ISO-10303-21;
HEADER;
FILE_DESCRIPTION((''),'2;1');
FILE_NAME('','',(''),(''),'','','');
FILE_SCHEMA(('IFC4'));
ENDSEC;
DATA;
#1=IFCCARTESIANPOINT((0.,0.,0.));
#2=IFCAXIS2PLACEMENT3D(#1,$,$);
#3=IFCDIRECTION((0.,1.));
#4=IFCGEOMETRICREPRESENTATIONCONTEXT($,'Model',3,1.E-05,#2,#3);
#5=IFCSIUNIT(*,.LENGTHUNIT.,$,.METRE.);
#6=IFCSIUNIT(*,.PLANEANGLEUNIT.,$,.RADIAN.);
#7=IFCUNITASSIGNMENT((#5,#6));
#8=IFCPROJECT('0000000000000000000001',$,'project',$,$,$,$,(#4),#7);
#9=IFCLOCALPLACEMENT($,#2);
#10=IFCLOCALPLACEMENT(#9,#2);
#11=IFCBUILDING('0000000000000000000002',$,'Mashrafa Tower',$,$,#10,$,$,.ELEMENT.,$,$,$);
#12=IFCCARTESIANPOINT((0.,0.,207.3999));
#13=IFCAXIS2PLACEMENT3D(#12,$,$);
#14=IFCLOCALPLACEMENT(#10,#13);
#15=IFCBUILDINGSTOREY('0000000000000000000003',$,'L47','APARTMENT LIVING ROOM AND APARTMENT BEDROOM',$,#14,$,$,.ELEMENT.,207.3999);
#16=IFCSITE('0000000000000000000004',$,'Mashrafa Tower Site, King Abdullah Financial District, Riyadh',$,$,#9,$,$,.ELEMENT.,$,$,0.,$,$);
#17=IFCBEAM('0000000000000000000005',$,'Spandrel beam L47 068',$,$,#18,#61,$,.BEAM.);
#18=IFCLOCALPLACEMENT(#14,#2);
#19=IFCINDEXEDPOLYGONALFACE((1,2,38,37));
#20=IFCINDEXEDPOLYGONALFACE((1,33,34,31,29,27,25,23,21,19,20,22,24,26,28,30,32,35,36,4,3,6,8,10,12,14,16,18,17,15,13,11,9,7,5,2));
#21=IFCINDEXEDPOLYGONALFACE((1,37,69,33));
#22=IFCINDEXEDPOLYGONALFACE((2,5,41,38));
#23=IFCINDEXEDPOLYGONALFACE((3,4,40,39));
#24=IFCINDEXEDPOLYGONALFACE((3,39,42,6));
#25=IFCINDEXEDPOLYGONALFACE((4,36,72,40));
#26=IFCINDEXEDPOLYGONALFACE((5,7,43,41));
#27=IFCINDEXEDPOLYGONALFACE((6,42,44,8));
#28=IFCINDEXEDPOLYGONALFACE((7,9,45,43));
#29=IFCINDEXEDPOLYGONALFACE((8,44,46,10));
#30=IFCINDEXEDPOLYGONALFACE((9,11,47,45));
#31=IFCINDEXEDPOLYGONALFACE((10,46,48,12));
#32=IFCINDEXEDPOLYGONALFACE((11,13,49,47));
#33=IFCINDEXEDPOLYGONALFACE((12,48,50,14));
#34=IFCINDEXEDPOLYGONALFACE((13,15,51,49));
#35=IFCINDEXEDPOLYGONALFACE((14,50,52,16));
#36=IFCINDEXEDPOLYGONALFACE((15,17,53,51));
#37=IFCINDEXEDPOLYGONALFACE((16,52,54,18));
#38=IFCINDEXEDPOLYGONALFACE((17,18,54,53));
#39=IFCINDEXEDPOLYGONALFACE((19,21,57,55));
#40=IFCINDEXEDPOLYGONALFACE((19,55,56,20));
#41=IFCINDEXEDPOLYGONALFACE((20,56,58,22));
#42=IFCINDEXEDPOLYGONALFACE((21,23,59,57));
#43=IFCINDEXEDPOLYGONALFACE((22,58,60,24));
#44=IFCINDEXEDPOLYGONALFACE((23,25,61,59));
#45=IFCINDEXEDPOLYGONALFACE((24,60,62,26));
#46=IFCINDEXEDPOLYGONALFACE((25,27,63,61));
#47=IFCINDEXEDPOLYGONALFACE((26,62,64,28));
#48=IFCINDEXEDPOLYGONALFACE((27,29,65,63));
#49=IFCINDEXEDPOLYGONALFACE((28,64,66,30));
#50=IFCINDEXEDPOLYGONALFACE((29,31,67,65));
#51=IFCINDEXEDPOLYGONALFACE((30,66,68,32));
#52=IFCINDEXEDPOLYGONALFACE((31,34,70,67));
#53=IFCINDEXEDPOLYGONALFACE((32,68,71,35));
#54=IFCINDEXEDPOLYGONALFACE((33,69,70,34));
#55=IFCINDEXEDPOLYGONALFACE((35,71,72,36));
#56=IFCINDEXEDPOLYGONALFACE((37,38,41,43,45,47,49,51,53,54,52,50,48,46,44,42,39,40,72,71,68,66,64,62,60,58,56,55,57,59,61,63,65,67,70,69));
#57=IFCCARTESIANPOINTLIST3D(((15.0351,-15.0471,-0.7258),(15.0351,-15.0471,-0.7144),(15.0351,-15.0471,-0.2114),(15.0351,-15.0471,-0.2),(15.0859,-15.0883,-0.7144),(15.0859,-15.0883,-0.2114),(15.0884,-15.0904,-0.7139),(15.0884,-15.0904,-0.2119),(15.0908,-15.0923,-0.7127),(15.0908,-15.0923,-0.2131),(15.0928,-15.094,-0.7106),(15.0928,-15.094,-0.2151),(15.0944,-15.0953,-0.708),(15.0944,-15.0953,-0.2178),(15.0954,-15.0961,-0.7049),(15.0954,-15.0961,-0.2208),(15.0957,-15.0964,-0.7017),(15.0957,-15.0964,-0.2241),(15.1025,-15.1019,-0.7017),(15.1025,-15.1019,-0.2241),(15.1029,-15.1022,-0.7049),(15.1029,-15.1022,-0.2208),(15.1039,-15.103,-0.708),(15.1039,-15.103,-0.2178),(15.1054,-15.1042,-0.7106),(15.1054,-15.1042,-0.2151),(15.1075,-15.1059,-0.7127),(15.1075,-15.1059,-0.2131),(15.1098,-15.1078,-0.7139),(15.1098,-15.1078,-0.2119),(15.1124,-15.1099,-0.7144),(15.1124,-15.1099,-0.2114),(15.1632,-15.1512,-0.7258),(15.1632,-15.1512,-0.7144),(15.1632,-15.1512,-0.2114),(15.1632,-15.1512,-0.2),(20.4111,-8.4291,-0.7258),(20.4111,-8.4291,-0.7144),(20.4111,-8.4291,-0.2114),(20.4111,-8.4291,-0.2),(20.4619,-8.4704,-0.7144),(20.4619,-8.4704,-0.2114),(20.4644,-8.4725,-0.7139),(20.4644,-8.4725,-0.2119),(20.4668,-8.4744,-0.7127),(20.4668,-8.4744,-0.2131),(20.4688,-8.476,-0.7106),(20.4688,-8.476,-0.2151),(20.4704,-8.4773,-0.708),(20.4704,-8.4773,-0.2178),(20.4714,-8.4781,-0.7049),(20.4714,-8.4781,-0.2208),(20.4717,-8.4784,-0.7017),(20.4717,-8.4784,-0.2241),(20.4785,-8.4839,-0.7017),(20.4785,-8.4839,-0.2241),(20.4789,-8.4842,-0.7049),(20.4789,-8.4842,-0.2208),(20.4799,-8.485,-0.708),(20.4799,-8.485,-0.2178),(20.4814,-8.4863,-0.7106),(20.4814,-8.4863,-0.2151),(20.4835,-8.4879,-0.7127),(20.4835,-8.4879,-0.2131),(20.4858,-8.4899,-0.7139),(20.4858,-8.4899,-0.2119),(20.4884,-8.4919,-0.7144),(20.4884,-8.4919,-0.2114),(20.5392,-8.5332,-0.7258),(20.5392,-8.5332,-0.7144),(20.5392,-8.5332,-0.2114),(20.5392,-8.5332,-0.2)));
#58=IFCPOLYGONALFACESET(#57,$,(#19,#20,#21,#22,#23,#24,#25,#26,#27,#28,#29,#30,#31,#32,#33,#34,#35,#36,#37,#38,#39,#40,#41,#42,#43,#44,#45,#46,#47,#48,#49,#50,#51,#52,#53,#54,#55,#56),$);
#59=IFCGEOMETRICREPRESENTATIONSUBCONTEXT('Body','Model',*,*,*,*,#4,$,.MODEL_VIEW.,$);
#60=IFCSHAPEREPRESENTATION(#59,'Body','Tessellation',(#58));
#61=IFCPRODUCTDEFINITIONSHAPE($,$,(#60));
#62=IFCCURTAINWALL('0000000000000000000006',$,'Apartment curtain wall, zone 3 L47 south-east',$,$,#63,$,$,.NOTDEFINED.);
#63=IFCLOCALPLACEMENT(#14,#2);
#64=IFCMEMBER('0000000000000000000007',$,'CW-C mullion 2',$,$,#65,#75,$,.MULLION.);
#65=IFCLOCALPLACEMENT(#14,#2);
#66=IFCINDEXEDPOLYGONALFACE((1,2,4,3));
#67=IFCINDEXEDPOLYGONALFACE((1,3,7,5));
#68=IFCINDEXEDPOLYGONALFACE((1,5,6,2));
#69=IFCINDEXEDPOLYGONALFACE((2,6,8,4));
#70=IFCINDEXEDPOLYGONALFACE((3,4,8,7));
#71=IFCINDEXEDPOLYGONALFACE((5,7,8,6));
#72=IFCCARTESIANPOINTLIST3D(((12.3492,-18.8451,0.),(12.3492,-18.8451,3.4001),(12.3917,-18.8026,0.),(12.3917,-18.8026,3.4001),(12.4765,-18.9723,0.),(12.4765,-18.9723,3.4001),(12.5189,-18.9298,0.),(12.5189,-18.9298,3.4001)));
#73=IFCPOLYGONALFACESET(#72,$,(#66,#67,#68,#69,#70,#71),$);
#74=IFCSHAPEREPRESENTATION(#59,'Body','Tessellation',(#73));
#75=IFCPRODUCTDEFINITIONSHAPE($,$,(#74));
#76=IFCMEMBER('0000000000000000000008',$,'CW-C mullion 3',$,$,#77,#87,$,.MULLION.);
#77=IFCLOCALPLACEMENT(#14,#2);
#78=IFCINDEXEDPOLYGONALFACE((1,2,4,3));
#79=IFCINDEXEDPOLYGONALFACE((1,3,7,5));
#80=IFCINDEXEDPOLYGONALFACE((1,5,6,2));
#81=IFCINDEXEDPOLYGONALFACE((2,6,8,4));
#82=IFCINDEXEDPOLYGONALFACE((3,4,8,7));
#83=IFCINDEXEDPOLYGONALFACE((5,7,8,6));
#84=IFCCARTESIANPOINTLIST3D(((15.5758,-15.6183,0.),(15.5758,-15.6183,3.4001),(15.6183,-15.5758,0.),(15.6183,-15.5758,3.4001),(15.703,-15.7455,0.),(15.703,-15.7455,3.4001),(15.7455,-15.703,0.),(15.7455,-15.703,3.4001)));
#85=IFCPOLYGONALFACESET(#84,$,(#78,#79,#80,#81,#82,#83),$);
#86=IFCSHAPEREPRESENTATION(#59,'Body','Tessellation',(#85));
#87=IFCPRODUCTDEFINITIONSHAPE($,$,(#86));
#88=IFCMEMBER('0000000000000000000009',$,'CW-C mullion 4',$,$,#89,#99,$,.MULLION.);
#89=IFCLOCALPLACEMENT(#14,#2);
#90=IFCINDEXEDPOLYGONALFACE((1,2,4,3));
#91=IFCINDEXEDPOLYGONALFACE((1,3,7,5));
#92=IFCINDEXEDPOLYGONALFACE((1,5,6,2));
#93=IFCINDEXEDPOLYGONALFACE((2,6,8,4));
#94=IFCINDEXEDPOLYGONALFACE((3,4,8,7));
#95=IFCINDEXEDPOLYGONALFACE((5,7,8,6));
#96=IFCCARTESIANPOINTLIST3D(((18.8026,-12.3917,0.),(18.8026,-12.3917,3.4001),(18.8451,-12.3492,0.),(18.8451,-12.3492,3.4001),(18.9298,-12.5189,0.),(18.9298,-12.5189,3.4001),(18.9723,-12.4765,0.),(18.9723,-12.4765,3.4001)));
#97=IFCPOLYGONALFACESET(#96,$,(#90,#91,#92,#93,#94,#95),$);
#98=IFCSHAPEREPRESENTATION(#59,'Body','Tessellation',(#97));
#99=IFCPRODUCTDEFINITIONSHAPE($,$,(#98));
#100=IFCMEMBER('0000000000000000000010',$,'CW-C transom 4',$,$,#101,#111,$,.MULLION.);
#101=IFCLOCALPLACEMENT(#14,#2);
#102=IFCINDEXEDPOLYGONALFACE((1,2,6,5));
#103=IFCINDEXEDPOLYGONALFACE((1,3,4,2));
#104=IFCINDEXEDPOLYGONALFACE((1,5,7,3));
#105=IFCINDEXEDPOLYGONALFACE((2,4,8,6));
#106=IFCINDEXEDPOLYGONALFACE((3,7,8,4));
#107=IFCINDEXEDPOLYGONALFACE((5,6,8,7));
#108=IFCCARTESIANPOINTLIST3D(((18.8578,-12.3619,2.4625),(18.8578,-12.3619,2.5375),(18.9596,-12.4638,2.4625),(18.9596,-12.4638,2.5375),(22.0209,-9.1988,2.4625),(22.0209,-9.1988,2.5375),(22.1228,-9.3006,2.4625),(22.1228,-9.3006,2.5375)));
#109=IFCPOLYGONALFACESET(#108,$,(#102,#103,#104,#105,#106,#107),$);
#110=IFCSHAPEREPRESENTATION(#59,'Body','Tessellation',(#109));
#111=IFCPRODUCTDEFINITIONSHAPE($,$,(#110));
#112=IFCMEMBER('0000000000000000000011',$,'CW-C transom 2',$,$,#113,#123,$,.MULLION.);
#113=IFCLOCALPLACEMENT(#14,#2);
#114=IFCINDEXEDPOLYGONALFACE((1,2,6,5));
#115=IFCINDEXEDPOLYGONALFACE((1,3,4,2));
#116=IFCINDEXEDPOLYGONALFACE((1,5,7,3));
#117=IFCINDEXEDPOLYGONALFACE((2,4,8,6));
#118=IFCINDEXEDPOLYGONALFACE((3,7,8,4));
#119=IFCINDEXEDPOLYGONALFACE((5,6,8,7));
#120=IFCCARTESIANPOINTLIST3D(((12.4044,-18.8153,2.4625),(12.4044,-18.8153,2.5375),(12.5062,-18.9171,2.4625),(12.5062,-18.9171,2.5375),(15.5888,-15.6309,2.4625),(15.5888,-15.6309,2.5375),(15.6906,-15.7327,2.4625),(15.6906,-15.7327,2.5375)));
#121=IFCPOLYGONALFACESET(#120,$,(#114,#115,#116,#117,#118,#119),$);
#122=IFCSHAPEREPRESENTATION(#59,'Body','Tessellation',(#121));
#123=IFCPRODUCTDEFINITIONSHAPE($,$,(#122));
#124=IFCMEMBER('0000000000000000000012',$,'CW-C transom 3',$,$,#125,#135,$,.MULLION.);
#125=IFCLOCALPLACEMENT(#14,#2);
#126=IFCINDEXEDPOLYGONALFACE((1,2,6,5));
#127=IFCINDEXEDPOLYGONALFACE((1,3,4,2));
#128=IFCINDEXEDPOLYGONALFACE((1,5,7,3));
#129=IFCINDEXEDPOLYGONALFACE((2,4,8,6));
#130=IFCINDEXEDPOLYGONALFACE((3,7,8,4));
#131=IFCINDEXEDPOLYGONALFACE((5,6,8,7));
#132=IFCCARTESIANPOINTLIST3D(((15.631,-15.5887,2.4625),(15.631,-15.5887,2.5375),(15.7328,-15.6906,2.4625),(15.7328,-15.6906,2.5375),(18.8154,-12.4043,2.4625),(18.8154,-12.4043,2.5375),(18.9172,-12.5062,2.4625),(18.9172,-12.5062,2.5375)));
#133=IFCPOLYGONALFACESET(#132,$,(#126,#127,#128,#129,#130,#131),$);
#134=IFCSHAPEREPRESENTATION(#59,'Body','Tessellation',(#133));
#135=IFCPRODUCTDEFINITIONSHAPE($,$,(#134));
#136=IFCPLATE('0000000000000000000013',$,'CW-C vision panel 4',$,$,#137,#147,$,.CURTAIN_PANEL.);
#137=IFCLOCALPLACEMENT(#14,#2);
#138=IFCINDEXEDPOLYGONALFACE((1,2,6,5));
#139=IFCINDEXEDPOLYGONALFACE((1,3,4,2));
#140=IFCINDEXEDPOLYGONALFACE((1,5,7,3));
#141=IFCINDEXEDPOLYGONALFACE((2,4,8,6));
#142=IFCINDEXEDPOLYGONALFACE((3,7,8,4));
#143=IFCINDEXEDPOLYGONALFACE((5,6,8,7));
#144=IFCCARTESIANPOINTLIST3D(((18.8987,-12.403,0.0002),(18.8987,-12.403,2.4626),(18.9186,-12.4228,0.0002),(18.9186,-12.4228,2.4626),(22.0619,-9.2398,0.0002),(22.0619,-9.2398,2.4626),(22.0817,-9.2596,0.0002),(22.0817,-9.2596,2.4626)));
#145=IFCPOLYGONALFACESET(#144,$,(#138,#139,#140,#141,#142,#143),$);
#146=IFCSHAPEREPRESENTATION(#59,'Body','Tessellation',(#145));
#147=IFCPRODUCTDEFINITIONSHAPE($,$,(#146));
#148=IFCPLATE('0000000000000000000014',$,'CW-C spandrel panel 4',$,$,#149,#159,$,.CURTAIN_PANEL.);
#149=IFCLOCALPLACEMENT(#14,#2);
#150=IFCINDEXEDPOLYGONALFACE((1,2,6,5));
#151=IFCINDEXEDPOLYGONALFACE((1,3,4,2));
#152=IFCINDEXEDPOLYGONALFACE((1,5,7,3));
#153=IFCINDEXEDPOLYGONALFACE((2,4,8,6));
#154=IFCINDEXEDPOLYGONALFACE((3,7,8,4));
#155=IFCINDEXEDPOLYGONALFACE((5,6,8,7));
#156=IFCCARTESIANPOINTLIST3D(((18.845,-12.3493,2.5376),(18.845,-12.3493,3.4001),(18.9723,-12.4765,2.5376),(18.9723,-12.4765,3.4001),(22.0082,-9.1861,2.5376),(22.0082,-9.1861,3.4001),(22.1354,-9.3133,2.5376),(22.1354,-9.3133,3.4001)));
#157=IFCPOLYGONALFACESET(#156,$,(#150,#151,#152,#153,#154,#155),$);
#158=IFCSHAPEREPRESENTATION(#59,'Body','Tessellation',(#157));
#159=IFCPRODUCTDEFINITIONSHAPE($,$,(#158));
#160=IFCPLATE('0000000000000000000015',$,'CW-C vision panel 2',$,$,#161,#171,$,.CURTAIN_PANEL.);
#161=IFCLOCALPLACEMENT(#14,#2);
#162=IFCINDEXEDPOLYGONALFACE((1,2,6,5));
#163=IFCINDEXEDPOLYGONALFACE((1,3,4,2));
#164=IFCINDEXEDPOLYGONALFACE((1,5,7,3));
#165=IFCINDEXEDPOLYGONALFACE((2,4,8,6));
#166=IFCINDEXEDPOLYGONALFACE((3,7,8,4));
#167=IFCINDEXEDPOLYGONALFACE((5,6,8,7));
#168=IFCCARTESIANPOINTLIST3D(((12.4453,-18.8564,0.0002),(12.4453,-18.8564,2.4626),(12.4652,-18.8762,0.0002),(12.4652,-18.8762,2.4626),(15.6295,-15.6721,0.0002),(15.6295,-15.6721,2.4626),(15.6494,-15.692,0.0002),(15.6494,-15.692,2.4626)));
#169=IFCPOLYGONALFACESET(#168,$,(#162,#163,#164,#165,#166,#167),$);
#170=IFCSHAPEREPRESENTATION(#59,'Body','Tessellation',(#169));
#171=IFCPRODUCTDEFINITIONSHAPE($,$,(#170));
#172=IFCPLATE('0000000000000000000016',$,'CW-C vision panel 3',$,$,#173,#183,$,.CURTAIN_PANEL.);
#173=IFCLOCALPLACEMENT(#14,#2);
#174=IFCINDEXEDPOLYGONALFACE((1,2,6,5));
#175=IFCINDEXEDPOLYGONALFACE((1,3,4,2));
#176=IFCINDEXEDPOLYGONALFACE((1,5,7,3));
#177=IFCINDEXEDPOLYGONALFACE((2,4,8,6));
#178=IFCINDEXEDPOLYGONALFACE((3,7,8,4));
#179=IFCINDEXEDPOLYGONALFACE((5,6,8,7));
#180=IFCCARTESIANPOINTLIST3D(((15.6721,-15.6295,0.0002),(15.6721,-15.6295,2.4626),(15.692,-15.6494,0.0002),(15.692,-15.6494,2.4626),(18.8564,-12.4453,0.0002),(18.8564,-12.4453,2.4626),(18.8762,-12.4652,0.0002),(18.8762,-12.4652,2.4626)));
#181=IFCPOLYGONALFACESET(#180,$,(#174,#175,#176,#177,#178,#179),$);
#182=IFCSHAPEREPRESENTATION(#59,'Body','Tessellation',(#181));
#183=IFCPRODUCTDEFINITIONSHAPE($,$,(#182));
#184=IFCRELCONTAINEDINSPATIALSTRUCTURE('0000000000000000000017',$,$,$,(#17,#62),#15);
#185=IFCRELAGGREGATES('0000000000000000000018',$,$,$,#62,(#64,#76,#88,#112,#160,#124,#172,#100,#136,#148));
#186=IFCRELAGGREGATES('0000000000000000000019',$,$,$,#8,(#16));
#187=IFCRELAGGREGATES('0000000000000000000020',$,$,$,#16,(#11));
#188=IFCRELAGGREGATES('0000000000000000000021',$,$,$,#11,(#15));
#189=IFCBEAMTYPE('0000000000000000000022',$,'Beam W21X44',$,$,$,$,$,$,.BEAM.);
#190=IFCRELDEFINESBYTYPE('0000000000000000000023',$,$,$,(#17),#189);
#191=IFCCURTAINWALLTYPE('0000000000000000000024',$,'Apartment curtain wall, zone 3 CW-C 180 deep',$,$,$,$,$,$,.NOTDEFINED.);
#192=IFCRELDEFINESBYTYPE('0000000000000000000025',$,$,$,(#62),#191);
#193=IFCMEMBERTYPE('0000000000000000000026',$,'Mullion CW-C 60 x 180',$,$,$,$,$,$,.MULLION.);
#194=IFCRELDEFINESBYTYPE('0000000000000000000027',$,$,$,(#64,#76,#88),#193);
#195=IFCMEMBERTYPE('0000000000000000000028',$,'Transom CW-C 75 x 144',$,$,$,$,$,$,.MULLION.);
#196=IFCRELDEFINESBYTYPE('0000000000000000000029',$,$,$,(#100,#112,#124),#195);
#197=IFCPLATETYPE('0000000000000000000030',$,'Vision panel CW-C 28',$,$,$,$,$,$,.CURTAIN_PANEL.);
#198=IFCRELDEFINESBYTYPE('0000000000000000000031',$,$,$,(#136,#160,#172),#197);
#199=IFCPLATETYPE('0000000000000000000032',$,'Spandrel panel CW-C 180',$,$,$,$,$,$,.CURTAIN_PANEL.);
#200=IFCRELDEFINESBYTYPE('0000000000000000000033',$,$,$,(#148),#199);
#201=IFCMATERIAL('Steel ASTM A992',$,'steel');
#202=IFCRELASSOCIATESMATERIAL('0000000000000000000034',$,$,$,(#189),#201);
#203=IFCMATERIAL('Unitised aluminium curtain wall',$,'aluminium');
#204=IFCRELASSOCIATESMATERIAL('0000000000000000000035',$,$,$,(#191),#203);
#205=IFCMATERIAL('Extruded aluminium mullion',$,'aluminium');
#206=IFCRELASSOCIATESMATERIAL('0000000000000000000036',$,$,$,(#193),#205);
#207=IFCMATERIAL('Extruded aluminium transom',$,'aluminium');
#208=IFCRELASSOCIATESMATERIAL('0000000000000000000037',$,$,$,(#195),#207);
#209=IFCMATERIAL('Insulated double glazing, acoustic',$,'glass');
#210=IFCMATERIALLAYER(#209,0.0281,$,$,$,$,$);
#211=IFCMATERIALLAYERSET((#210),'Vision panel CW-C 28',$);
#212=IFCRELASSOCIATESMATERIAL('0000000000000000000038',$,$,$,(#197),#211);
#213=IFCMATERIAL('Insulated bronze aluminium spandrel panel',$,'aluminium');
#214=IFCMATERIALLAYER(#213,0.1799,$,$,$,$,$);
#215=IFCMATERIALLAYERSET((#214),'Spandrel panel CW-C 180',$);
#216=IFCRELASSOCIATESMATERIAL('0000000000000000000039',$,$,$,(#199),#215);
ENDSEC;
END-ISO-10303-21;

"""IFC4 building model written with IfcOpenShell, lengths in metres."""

from ifc_helpers import new_model, si_unit, direction, frame, origin, origin_2d, place, context, subcontext, project, spatial, rectangle, i_section, extrude, source, transform, mapped, material, layer, layer_set, material_profile, profile_set, type_object, type_shapes, element, aggregate, save


model = new_model("IFC4")

# Units and contexts
model_context = context("Model", 3, precision=1e-05, world=origin(), true_north=direction((0.0, 1.0)))
body_context = subcontext(model_context, "Body", "Model", "MODEL_VIEW")
ifc_project = project(units=[si_unit("LENGTHUNIT", "METRE"), si_unit("PLANEANGLEUNIT", "RADIAN")], contexts=[model_context])

# Site, building, storey
site_placement = place(None, origin())
site = spatial("IfcSite", under=ifc_project, at=site_placement, Name="Mashrafa Tower Site, King Abdullah Financial District, Riyadh", CompositionType="ELEMENT", RefElevation=0.0)
building_placement = place(site_placement, origin())
building = spatial("IfcBuilding", under=site, at=building_placement, Name="Mashrafa Tower", CompositionType="ELEMENT")
storey_placement = place(building_placement, frame((0.0, 0.0, 207.3999)))
storey = spatial("IfcBuildingStorey", under=building, at=storey_placement, Name="L47", Description="APARTMENT LIVING ROOM AND APARTMENT BEDROOM", CompositionType="ELEMENT", Elevation=207.3999)

# Beam
ifc_material_1 = material(Name="Steel ASTM A992", Category="steel")
ifc_material_profile_1 = material_profile(ifc_material_1, i_section(OverallWidth=0.165, OverallDepth=0.5259, WebThickness=0.0088, FlangeThickness=0.0115, FilletRadius=0.0127, at=origin_2d()), Name="W21X44")
ifc_profile_set_1 = profile_set([ifc_material_profile_1], Name="Steel ASTM A992")
beam_type_1 = type_object("IfcBeamType", Name="Beam W21X44", PredefinedType="BEAM", material=ifc_profile_set_1)
beam_1_placement = place(storey_placement, frame((15.0991, -15.0991, -0.4629), z_axis=(0.630516, 0.776176, 0.0), x_axis=(-0.776176, 0.630516, 0.0)))
element("IfcBeam", 1, at=beam_1_placement, inside=storey, type_object=beam_type_1, Name="Spandrel beam L47 068", PredefinedType="BEAM", context=body_context, shape_type="SweptSolid", body=[
    extrude(i_section(OverallWidth=0.165, OverallDepth=0.5259, WebThickness=0.0088, FlangeThickness=0.0115, FilletRadius=0.0127, at=origin_2d()), origin(), (0.0, 0.0, 1.0), 8.5264),
])

# Curtain wall, members, plates
ifc_material_2 = material(Name="Unitised aluminium curtain wall", Category="aluminium")
curtain_wall_type = type_object("IfcCurtainWallType", Name="Apartment curtain wall, zone 3 CW-C 180 deep", PredefinedType="NOTDEFINED", material=ifc_material_2)
curtain_wall_placement = place(storey_placement, origin())
curtain_wall = element("IfcCurtainWall", 2, at=curtain_wall_placement, inside=storey, type_object=curtain_wall_type, Name="Apartment curtain wall, zone 3 L47 south-east", PredefinedType="NOTDEFINED")
ifc_material_3 = material(Name="Extruded aluminium mullion", Category="aluminium")
ifc_material_profile_2 = material_profile(ifc_material_3, rectangle(XDim=0.1799, YDim=0.0601, at=origin_2d()), Name="Mullion 60x180")
ifc_profile_set_2 = profile_set([ifc_material_profile_2], Name="Extruded aluminium mullion")
member_type_1 = type_object("IfcMemberType", Name="Mullion CW-C 60 x 180", PredefinedType="MULLION", material=ifc_profile_set_2)
shared_shape_1 = source(origin(), body_context, "Body", "SweptSolid", [
    extrude(rectangle(XDim=0.1799, YDim=0.0601, at=origin_2d()), origin(), (0.0, 0.0, 1.0), 3.4001),
])
type_shapes(member_type_1, [shared_shape_1])
member_1_placement = place(storey_placement, frame((12.4341, -18.8875, 0.0), z_axis=(0.0, 0.0, 1.0), x_axis=(-0.707107, 0.707107, 0.0)))
member_1 = element("IfcMember", 3, at=member_1_placement, type_object=member_type_1, Name="CW-C mullion 2", PredefinedType="MULLION", context=body_context, shape_type="MappedRepresentation", body=[
    mapped(shared_shape_1, transform((0.0, 0.0, 0.0))),
])
member_2_placement = place(storey_placement, frame((15.6606, -15.6606, 0.0), z_axis=(0.0, 0.0, 1.0), x_axis=(-0.707107, 0.707107, 0.0)))
member_2 = element("IfcMember", 4, at=member_2_placement, type_object=member_type_1, Name="CW-C mullion 3", PredefinedType="MULLION", context=body_context, shape_type="MappedRepresentation", body=[
    mapped(shared_shape_1, transform((0.0, 0.0, 0.0))),
])
member_3_placement = place(storey_placement, frame((18.8875, -12.4341, 0.0), z_axis=(0.0, 0.0, 1.0), x_axis=(-0.707107, 0.707107, 0.0)))
member_3 = element("IfcMember", 5, at=member_3_placement, type_object=member_type_1, Name="CW-C mullion 4", PredefinedType="MULLION", context=body_context, shape_type="MappedRepresentation", body=[
    mapped(shared_shape_1, transform((0.0, 0.0, 0.0))),
])
ifc_material_4 = material(Name="Extruded aluminium transom", Category="aluminium")
ifc_material_profile_3 = material_profile(ifc_material_4, rectangle(XDim=0.144, YDim=0.075, at=origin_2d()), Name="Transom 75x144")
ifc_profile_set_3 = profile_set([ifc_material_profile_3], Name="Extruded aluminium transom")
member_type_2 = type_object("IfcMemberType", Name="Transom CW-C 75 x 144", PredefinedType="MULLION", material=ifc_profile_set_3)
shared_shape_2 = source(origin(), body_context, "Body", "SweptSolid", [
    extrude(rectangle(XDim=0.144, YDim=0.075, at=origin_2d()), origin(), (0.0, 0.0, 1.0), 4.4734),
])
member_4_placement = place(storey_placement, frame((18.9087, -12.4128, 2.5), z_axis=(0.707107, 0.707107, 0.0), x_axis=(-0.707107, 0.707107, 0.0)))
member_4 = element("IfcMember", 6, at=member_4_placement, type_object=member_type_2, Name="CW-C transom 4", PredefinedType="MULLION", context=body_context, shape_type="MappedRepresentation", body=[
    mapped(shared_shape_2, transform((0.0, 0.0, 0.0))),
])
shared_shape_3 = source(origin(), body_context, "Body", "SweptSolid", [
    extrude(rectangle(XDim=0.144, YDim=0.075, at=origin_2d()), origin(), (0.0, 0.0, 1.0), 4.5034),
])
type_shapes(member_type_2, [shared_shape_2, shared_shape_3])
member_5_placement = place(storey_placement, frame((12.4553, -18.8662, 2.5), z_axis=(0.707107, 0.707107, 0.0), x_axis=(-0.707107, 0.707107, 0.0)))
member_5 = element("IfcMember", 7, at=member_5_placement, type_object=member_type_2, Name="CW-C transom 2", PredefinedType="MULLION", context=body_context, shape_type="MappedRepresentation", body=[
    mapped(shared_shape_3, transform((0.0, 0.0, 0.0))),
])
member_6_placement = place(storey_placement, frame((15.6819, -15.6396, 2.5), z_axis=(0.707107, 0.707107, 0.0), x_axis=(-0.707107, 0.707107, 0.0)))
member_6 = element("IfcMember", 8, at=member_6_placement, type_object=member_type_2, Name="CW-C transom 3", PredefinedType="MULLION", context=body_context, shape_type="MappedRepresentation", body=[
    mapped(shared_shape_3, transform((0.0, 0.0, 0.0))),
])
ifc_material_5 = material(Name="Insulated double glazing, acoustic", Category="glass")
ifc_layer_1 = layer(ifc_material_5, 0.0281)
ifc_layer_set_1 = layer_set([ifc_layer_1], Name="Vision panel CW-C 28")
plate_type_1 = type_object("IfcPlateType", Name="Vision panel CW-C 28", PredefinedType="CURTAIN_PANEL", material=ifc_layer_set_1)
shared_shape_4 = source(origin(), body_context, "Body", "SweptSolid", [
    extrude(rectangle(XDim=4.4734, YDim=0.0281, at=origin_2d()), origin(), (0.0, 0.0, 1.0), 2.4624),
])
plate_1_placement = place(storey_placement, frame((20.4902, -10.8313, 0.0002), z_axis=(0.0, 0.0, 1.0), x_axis=(0.707107, 0.707107, 0.0)))
plate_1 = element("IfcPlate", 9, at=plate_1_placement, type_object=plate_type_1, Name="CW-C vision panel 4", PredefinedType="CURTAIN_PANEL", context=body_context, shape_type="MappedRepresentation", body=[
    mapped(shared_shape_4, transform((0.0, 0.0, 0.0))),
])
ifc_material_6 = material(Name="Insulated bronze aluminium spandrel panel", Category="aluminium")
ifc_layer_2 = layer(ifc_material_6, 0.1799)
ifc_layer_set_2 = layer_set([ifc_layer_2], Name="Spandrel panel CW-C 180")
plate_type_2 = type_object("IfcPlateType", Name="Spandrel panel CW-C 180", PredefinedType="CURTAIN_PANEL", material=ifc_layer_set_2)
shared_shape_5 = source(origin(), body_context, "Body", "SweptSolid", [
    extrude(rectangle(XDim=4.4734, YDim=0.1799, at=origin_2d()), origin(), (0.0, 0.0, 1.0), 0.8625),
])
plate_2_placement = place(storey_placement, frame((20.4902, -10.8313, 2.5376), z_axis=(0.0, 0.0, 1.0), x_axis=(0.707107, 0.707107, 0.0)))
plate_2 = element("IfcPlate", 10, at=plate_2_placement, type_object=plate_type_2, Name="CW-C spandrel panel 4", PredefinedType="CURTAIN_PANEL", context=body_context, shape_type="MappedRepresentation", body=[
    mapped(shared_shape_5, transform((0.0, 0.0, 0.0))),
])
shared_shape_6 = source(origin(), body_context, "Body", "SweptSolid", [
    extrude(rectangle(XDim=4.5032, YDim=0.0281, at=origin_2d()), origin(), (0.0, 0.0, 1.0), 2.4624),
])
type_shapes(plate_type_1, [shared_shape_4, shared_shape_6])
plate_3_placement = place(storey_placement, frame((14.0474, -17.2742, 0.0002), z_axis=(0.0, 0.0, 1.0), x_axis=(0.707107, 0.707107, 0.0)))
plate_3 = element("IfcPlate", 11, at=plate_3_placement, type_object=plate_type_1, Name="CW-C vision panel 2", PredefinedType="CURTAIN_PANEL", context=body_context, shape_type="MappedRepresentation", body=[
    mapped(shared_shape_6, transform((0.0, 0.0, 0.0))),
])
plate_4_placement = place(storey_placement, frame((17.2742, -14.0474, 0.0002), z_axis=(0.0, 0.0, 1.0), x_axis=(0.707107, 0.707107, 0.0)))
plate_4 = element("IfcPlate", 12, at=plate_4_placement, type_object=plate_type_1, Name="CW-C vision panel 3", PredefinedType="CURTAIN_PANEL", context=body_context, shape_type="MappedRepresentation", body=[
    mapped(shared_shape_6, transform((0.0, 0.0, 0.0))),
])
aggregate(curtain_wall, [member_1, member_2, member_3, member_5, plate_3, member_6, plate_4, member_4, plate_1, plate_2])

save(model, "model.ifc")
